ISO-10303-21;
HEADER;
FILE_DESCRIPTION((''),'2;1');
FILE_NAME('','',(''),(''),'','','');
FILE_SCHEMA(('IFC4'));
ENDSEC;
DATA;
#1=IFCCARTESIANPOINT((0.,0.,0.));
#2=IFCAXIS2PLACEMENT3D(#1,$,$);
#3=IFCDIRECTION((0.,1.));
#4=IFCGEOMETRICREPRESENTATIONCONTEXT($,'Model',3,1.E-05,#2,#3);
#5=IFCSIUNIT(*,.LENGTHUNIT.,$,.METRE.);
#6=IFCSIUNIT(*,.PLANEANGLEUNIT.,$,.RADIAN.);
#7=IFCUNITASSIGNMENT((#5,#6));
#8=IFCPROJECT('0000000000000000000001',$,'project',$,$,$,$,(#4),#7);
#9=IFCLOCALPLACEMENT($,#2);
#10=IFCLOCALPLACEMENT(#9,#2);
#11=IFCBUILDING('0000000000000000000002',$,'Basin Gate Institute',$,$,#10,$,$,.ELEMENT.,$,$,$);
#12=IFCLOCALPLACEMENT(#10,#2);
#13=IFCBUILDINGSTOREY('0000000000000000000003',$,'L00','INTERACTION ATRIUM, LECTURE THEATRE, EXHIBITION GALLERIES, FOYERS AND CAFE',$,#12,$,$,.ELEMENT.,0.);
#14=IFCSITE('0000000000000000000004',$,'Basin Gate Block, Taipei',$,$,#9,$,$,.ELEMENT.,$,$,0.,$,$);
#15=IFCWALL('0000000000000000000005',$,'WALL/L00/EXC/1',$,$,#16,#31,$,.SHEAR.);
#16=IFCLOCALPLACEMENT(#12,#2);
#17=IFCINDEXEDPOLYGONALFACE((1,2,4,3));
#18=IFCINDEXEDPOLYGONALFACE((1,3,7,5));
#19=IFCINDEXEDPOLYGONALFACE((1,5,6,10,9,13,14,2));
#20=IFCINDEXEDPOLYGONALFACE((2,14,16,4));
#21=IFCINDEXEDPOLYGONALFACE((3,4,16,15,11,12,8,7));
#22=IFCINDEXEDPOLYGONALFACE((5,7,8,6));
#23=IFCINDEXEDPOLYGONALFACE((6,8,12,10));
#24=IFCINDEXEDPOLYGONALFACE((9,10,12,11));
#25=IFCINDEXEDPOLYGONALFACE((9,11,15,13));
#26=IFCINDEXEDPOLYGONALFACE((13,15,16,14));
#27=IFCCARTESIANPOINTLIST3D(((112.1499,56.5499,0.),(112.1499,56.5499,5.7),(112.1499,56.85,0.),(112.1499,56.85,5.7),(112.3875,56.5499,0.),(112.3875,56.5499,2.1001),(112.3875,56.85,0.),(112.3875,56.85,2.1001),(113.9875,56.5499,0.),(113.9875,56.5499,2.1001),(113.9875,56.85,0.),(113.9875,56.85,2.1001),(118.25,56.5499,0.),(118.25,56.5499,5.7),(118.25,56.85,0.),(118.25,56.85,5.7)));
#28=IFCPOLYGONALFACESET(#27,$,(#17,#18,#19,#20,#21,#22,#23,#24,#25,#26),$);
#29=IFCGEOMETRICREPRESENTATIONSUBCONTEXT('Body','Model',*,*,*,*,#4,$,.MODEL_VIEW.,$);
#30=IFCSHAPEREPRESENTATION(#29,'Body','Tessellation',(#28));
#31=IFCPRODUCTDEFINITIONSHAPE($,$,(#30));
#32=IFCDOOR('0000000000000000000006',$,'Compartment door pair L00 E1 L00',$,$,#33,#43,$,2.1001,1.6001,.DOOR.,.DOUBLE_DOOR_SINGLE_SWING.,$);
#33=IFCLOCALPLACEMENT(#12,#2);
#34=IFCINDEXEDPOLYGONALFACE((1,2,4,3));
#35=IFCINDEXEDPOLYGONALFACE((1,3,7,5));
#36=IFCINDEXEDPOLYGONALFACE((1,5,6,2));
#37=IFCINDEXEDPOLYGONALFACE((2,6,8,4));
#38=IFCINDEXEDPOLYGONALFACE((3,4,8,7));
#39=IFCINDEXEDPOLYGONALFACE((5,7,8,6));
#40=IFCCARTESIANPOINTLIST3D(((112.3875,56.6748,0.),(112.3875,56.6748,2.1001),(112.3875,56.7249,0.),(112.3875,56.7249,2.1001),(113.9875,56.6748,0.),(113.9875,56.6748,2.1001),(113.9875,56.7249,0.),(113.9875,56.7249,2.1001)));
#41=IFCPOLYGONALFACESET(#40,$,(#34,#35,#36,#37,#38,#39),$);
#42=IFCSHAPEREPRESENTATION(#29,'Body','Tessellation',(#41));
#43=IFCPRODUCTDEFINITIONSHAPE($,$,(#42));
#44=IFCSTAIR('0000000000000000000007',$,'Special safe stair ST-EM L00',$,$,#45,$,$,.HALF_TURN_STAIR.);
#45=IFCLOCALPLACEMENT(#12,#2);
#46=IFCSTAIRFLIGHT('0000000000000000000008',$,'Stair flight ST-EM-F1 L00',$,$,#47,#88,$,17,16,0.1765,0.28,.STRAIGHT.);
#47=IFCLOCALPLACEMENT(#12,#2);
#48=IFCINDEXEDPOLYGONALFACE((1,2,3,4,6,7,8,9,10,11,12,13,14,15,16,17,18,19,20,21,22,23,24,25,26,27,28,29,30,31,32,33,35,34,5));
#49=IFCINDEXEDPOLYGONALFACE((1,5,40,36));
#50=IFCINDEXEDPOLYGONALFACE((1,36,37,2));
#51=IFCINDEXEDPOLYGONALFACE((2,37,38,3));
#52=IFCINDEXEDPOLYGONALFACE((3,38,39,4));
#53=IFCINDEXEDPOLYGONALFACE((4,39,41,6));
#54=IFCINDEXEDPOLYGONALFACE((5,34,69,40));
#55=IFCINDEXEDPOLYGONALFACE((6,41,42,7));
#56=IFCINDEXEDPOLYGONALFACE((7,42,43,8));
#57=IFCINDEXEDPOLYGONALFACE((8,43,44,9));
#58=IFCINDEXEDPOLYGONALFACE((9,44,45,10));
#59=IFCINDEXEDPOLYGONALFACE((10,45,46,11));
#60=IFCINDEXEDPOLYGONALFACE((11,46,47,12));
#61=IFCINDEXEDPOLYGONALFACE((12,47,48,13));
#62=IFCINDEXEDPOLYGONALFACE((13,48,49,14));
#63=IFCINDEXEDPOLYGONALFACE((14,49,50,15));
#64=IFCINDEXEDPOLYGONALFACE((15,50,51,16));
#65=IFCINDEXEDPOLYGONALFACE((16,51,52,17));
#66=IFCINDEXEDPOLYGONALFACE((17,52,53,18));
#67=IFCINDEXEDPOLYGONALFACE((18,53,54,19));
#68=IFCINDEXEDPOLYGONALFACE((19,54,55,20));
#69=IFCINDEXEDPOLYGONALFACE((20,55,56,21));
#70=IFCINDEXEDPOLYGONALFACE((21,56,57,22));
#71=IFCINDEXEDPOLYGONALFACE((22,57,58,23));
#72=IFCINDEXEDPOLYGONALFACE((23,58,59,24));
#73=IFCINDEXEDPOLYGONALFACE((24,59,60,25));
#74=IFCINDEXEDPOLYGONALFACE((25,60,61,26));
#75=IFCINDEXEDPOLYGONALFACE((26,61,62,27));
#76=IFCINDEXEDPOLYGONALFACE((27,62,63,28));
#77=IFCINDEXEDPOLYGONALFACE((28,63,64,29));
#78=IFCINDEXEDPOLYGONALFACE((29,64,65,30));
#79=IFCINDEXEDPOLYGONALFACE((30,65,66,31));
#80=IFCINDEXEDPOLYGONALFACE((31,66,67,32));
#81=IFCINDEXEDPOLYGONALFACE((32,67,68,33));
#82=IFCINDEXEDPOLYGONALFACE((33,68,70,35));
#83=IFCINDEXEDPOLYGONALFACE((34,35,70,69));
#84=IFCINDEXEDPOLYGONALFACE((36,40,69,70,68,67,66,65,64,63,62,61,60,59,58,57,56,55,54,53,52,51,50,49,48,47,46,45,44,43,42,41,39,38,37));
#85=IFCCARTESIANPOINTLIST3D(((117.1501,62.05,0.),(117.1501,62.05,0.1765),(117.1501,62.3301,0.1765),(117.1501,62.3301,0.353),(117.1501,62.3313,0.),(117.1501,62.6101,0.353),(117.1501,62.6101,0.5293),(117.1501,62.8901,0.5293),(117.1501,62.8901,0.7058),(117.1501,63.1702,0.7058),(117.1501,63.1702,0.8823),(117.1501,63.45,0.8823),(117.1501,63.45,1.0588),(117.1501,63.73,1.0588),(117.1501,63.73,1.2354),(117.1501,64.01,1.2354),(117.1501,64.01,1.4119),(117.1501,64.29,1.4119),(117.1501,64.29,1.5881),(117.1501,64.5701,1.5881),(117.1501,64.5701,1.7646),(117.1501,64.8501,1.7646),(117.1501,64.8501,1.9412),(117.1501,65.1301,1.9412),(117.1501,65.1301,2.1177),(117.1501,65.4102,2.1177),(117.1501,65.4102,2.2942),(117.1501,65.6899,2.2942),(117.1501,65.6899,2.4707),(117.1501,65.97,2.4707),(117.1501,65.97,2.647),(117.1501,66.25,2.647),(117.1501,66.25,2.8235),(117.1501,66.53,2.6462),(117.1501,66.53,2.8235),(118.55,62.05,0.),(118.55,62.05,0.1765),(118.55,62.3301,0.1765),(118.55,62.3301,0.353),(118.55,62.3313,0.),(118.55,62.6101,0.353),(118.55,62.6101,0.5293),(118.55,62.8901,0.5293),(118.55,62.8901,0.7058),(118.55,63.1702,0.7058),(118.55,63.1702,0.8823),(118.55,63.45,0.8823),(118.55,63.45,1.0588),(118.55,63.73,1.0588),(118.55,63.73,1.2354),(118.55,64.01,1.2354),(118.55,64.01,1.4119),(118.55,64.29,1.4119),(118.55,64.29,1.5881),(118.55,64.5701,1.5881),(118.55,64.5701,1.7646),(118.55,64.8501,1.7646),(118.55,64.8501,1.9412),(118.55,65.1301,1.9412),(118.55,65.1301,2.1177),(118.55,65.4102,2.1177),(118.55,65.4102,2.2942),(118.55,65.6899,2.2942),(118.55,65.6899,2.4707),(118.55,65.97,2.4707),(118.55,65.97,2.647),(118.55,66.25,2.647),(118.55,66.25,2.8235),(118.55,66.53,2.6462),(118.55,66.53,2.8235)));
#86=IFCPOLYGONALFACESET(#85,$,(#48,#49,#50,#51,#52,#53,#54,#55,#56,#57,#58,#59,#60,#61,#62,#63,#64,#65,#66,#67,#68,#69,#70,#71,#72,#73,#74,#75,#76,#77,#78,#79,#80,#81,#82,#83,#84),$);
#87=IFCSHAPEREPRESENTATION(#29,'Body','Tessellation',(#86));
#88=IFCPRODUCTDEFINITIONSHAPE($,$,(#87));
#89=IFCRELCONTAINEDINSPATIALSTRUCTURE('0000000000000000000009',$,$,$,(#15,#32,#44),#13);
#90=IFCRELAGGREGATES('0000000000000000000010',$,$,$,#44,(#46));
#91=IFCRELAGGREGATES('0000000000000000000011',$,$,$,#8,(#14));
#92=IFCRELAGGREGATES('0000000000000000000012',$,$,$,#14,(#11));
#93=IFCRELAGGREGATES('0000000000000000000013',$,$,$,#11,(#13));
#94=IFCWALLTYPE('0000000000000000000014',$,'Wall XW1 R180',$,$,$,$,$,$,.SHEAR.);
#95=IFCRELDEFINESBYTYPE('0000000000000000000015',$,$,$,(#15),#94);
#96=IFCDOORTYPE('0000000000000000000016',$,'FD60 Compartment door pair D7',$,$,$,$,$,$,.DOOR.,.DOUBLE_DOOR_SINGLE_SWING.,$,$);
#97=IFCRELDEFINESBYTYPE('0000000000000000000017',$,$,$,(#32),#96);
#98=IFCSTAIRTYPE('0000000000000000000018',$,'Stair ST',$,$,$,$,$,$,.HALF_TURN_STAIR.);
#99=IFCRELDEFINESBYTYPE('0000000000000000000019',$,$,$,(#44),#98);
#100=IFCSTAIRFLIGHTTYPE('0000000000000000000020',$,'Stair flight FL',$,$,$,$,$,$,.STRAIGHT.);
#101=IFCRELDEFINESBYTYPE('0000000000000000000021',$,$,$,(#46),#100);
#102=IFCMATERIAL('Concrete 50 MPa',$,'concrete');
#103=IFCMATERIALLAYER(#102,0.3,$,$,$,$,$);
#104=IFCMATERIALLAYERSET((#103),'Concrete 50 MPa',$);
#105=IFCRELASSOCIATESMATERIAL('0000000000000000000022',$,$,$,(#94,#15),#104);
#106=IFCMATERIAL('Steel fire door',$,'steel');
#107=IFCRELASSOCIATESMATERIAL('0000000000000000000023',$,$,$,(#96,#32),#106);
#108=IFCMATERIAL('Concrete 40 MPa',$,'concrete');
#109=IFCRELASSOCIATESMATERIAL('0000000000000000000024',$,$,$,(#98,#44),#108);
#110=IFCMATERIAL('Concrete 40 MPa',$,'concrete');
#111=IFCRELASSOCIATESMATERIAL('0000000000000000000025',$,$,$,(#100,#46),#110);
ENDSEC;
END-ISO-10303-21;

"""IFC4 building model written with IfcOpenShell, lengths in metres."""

from ifc_helpers import new_model, si_unit, direction, frame, frame_2d, origin, place, context, subcontext, project, spatial, polyline, rectangle, outline, extrude, material, layer, layer_set, type_object, element, fill, aggregate, save


model = new_model("IFC4")

# Units and contexts
model_context = context("Model", 3, precision=1e-05, world=origin(), true_north=direction((0.0, 1.0)))
body_context = subcontext(model_context, "Body", "Model", "MODEL_VIEW")
ifc_project = project(units=[si_unit("LENGTHUNIT", "METRE"), si_unit("PLANEANGLEUNIT", "RADIAN")], contexts=[model_context])

# Site, building, storey
site_placement = place(None, origin())
site = spatial("IfcSite", under=ifc_project, at=site_placement, Name="Basin Gate Block, Taipei", CompositionType="ELEMENT", RefElevation=0.0)
building_placement = place(site_placement, origin())
building = spatial("IfcBuilding", under=site, at=building_placement, Name="Basin Gate Institute", CompositionType="ELEMENT")
storey_placement = place(building_placement, origin())
storey = spatial("IfcBuildingStorey", under=building, at=storey_placement, Name="L00", Description="INTERACTION ATRIUM, LECTURE THEATRE, EXHIBITION GALLERIES, FOYERS AND CAFE", CompositionType="ELEMENT", Elevation=0.0)

# Wall, opening, door
ifc_material_1 = material(Name="Concrete 50 MPa", Category="concrete")
ifc_layer_1 = layer(ifc_material_1, 0.3)
ifc_layer_set_1 = layer_set([ifc_layer_1], Name="Concrete 50 MPa")
wall_type_1 = type_object("IfcWallType", Name="Wall XW1 R180", PredefinedType="SHEAR", material=ifc_layer_set_1)
wall_1_placement = place(storey_placement, frame((118.25, 56.7, 0.0), z_axis=(0.0, 0.0, 1.0), x_axis=(-1.0, 0.0, 0.0)))
wall_1 = element("IfcWall", 1, at=wall_1_placement, inside=storey, type_object=wall_type_1, material=ifc_layer_set_1, Name="WALL/L00/EXC/1", PredefinedType="SHEAR", context=body_context, shape_type="SweptSolid", body=[
    extrude(rectangle(XDim=6.1001, YDim=0.3, at=frame_2d((3.05, 0.0))), origin(), (0.0, 0.0, 1.0), 5.7),
])
opening_1_placement = place(wall_1_placement, frame((4.2625, 0.0, 0.0)))
opening_1 = element("IfcOpeningElement", 2, at=opening_1_placement, cuts=wall_1, PredefinedType="OPENING", context=body_context, shape_type="SweptSolid", body=[
    extrude(rectangle(XDim=1.6001, YDim=2.1001, at=frame_2d((0.8, 1.05))), frame((0.0, 0.1602, 0.0), z_axis=(0.0, -1.0, 0.0), x_axis=(1.0, 0.0, 0.0)), (0.0, 0.0, 1.0), 0.3201),
])
ifc_material_2 = material(Name="Steel fire door", Category="steel")
door_type_1 = type_object("IfcDoorType", Name="FD60 Compartment door pair D7", OperationType="DOUBLE_DOOR_SINGLE_SWING", PredefinedType="DOOR", material=ifc_material_2)
door_1_placement = place(opening_1_placement, frame((1.6001, 0.0, 0.0), z_axis=(0.0, 0.0, 1.0), x_axis=(-1.0, 0.0, 0.0)))
door_1 = element("IfcDoor", 3, at=door_1_placement, inside=storey, type_object=door_type_1, material=ifc_material_2, Name="Compartment door pair L00 E1 L00", OperationType="DOUBLE_DOOR_SINGLE_SWING", OverallHeight=2.1001, OverallWidth=1.6001, PredefinedType="DOOR", context=body_context, shape_type="SweptSolid", body=[
    extrude(rectangle(XDim=1.6001, YDim=2.1001, at=frame_2d((0.8, 1.05))), frame((0.0, 0.0249, 0.0), z_axis=(0.0, -1.0, 0.0), x_axis=(1.0, 0.0, 0.0)), (0.0, 0.0, 1.0), 0.05),
])
fill(opening_1, door_1)

# Stair, stair flight
ifc_material_3 = material(Name="Concrete 40 MPa", Category="concrete")
stair_type = type_object("IfcStairType", Name="Stair ST", PredefinedType="HALF_TURN_STAIR", material=ifc_material_3)
stair_placement = place(storey_placement, origin())
stair = element("IfcStair", 4, at=stair_placement, inside=storey, type_object=stair_type, material=ifc_material_3, Name="Special safe stair ST-EM L00", PredefinedType="HALF_TURN_STAIR")
ifc_material_4 = material(Name="Concrete 40 MPa", Category="concrete")
stair_flight_type = type_object("IfcStairFlightType", Name="Stair flight FL", PredefinedType="STRAIGHT", material=ifc_material_4)
stair_flight_placement = place(storey_placement, frame((117.8501, 62.05, 0.0), z_axis=(0.0, 0.0, 1.0), x_axis=(0.0, 1.0, 0.0)))
stair_flight = element("IfcStairFlight", 5, at=stair_flight_placement, type_object=stair_flight_type, material=ifc_material_4, Name="Stair flight ST-EM-F1 L00", NumberOfRisers=17, NumberOfTreads=16, PredefinedType="STRAIGHT", RiserHeight=0.1765, TreadLength=0.28, context=body_context, shape_type="SweptSolid", body=[
    extrude(outline(polyline([(0.0, 0.0), (0.0, 0.1765), (0.28, 0.1765), (0.28, 0.353), (0.5601, 0.353), (0.5601, 0.5293), (0.8401, 0.5293), (0.8401, 0.7058), (1.1201, 0.7058), (1.1201, 0.8823), (1.3999, 0.8823), (1.3999, 1.0588), (1.6799, 1.0588), (1.6799, 1.2354), (1.96, 1.2354), (1.96, 1.4119), (2.24, 1.4119), (2.24, 1.5881), (2.52, 1.5881), (2.52, 1.7646), (2.8, 1.7646), (2.8, 1.9412), (3.0801, 1.9412), (3.0801, 2.1177), (3.3601, 2.1177), (3.3601, 2.2942), (3.6399, 2.2942), (3.6399, 2.4707), (3.9199, 2.4707), (3.9199, 2.647), (4.2, 2.647), (4.2, 2.8235), (4.48, 2.8235), (4.48, 3.0), (4.48, 2.6462), (0.2812, 0.0), (0.0, 0.0)])), frame((0.0, 0.7, 0.0), z_axis=(0.0, -1.0, 0.0), x_axis=(1.0, 0.0, 0.0)), (0.0, 0.0, 1.0), 1.3999),
])
aggregate(stair, [stair_flight])

save(model, "model.ifc")
